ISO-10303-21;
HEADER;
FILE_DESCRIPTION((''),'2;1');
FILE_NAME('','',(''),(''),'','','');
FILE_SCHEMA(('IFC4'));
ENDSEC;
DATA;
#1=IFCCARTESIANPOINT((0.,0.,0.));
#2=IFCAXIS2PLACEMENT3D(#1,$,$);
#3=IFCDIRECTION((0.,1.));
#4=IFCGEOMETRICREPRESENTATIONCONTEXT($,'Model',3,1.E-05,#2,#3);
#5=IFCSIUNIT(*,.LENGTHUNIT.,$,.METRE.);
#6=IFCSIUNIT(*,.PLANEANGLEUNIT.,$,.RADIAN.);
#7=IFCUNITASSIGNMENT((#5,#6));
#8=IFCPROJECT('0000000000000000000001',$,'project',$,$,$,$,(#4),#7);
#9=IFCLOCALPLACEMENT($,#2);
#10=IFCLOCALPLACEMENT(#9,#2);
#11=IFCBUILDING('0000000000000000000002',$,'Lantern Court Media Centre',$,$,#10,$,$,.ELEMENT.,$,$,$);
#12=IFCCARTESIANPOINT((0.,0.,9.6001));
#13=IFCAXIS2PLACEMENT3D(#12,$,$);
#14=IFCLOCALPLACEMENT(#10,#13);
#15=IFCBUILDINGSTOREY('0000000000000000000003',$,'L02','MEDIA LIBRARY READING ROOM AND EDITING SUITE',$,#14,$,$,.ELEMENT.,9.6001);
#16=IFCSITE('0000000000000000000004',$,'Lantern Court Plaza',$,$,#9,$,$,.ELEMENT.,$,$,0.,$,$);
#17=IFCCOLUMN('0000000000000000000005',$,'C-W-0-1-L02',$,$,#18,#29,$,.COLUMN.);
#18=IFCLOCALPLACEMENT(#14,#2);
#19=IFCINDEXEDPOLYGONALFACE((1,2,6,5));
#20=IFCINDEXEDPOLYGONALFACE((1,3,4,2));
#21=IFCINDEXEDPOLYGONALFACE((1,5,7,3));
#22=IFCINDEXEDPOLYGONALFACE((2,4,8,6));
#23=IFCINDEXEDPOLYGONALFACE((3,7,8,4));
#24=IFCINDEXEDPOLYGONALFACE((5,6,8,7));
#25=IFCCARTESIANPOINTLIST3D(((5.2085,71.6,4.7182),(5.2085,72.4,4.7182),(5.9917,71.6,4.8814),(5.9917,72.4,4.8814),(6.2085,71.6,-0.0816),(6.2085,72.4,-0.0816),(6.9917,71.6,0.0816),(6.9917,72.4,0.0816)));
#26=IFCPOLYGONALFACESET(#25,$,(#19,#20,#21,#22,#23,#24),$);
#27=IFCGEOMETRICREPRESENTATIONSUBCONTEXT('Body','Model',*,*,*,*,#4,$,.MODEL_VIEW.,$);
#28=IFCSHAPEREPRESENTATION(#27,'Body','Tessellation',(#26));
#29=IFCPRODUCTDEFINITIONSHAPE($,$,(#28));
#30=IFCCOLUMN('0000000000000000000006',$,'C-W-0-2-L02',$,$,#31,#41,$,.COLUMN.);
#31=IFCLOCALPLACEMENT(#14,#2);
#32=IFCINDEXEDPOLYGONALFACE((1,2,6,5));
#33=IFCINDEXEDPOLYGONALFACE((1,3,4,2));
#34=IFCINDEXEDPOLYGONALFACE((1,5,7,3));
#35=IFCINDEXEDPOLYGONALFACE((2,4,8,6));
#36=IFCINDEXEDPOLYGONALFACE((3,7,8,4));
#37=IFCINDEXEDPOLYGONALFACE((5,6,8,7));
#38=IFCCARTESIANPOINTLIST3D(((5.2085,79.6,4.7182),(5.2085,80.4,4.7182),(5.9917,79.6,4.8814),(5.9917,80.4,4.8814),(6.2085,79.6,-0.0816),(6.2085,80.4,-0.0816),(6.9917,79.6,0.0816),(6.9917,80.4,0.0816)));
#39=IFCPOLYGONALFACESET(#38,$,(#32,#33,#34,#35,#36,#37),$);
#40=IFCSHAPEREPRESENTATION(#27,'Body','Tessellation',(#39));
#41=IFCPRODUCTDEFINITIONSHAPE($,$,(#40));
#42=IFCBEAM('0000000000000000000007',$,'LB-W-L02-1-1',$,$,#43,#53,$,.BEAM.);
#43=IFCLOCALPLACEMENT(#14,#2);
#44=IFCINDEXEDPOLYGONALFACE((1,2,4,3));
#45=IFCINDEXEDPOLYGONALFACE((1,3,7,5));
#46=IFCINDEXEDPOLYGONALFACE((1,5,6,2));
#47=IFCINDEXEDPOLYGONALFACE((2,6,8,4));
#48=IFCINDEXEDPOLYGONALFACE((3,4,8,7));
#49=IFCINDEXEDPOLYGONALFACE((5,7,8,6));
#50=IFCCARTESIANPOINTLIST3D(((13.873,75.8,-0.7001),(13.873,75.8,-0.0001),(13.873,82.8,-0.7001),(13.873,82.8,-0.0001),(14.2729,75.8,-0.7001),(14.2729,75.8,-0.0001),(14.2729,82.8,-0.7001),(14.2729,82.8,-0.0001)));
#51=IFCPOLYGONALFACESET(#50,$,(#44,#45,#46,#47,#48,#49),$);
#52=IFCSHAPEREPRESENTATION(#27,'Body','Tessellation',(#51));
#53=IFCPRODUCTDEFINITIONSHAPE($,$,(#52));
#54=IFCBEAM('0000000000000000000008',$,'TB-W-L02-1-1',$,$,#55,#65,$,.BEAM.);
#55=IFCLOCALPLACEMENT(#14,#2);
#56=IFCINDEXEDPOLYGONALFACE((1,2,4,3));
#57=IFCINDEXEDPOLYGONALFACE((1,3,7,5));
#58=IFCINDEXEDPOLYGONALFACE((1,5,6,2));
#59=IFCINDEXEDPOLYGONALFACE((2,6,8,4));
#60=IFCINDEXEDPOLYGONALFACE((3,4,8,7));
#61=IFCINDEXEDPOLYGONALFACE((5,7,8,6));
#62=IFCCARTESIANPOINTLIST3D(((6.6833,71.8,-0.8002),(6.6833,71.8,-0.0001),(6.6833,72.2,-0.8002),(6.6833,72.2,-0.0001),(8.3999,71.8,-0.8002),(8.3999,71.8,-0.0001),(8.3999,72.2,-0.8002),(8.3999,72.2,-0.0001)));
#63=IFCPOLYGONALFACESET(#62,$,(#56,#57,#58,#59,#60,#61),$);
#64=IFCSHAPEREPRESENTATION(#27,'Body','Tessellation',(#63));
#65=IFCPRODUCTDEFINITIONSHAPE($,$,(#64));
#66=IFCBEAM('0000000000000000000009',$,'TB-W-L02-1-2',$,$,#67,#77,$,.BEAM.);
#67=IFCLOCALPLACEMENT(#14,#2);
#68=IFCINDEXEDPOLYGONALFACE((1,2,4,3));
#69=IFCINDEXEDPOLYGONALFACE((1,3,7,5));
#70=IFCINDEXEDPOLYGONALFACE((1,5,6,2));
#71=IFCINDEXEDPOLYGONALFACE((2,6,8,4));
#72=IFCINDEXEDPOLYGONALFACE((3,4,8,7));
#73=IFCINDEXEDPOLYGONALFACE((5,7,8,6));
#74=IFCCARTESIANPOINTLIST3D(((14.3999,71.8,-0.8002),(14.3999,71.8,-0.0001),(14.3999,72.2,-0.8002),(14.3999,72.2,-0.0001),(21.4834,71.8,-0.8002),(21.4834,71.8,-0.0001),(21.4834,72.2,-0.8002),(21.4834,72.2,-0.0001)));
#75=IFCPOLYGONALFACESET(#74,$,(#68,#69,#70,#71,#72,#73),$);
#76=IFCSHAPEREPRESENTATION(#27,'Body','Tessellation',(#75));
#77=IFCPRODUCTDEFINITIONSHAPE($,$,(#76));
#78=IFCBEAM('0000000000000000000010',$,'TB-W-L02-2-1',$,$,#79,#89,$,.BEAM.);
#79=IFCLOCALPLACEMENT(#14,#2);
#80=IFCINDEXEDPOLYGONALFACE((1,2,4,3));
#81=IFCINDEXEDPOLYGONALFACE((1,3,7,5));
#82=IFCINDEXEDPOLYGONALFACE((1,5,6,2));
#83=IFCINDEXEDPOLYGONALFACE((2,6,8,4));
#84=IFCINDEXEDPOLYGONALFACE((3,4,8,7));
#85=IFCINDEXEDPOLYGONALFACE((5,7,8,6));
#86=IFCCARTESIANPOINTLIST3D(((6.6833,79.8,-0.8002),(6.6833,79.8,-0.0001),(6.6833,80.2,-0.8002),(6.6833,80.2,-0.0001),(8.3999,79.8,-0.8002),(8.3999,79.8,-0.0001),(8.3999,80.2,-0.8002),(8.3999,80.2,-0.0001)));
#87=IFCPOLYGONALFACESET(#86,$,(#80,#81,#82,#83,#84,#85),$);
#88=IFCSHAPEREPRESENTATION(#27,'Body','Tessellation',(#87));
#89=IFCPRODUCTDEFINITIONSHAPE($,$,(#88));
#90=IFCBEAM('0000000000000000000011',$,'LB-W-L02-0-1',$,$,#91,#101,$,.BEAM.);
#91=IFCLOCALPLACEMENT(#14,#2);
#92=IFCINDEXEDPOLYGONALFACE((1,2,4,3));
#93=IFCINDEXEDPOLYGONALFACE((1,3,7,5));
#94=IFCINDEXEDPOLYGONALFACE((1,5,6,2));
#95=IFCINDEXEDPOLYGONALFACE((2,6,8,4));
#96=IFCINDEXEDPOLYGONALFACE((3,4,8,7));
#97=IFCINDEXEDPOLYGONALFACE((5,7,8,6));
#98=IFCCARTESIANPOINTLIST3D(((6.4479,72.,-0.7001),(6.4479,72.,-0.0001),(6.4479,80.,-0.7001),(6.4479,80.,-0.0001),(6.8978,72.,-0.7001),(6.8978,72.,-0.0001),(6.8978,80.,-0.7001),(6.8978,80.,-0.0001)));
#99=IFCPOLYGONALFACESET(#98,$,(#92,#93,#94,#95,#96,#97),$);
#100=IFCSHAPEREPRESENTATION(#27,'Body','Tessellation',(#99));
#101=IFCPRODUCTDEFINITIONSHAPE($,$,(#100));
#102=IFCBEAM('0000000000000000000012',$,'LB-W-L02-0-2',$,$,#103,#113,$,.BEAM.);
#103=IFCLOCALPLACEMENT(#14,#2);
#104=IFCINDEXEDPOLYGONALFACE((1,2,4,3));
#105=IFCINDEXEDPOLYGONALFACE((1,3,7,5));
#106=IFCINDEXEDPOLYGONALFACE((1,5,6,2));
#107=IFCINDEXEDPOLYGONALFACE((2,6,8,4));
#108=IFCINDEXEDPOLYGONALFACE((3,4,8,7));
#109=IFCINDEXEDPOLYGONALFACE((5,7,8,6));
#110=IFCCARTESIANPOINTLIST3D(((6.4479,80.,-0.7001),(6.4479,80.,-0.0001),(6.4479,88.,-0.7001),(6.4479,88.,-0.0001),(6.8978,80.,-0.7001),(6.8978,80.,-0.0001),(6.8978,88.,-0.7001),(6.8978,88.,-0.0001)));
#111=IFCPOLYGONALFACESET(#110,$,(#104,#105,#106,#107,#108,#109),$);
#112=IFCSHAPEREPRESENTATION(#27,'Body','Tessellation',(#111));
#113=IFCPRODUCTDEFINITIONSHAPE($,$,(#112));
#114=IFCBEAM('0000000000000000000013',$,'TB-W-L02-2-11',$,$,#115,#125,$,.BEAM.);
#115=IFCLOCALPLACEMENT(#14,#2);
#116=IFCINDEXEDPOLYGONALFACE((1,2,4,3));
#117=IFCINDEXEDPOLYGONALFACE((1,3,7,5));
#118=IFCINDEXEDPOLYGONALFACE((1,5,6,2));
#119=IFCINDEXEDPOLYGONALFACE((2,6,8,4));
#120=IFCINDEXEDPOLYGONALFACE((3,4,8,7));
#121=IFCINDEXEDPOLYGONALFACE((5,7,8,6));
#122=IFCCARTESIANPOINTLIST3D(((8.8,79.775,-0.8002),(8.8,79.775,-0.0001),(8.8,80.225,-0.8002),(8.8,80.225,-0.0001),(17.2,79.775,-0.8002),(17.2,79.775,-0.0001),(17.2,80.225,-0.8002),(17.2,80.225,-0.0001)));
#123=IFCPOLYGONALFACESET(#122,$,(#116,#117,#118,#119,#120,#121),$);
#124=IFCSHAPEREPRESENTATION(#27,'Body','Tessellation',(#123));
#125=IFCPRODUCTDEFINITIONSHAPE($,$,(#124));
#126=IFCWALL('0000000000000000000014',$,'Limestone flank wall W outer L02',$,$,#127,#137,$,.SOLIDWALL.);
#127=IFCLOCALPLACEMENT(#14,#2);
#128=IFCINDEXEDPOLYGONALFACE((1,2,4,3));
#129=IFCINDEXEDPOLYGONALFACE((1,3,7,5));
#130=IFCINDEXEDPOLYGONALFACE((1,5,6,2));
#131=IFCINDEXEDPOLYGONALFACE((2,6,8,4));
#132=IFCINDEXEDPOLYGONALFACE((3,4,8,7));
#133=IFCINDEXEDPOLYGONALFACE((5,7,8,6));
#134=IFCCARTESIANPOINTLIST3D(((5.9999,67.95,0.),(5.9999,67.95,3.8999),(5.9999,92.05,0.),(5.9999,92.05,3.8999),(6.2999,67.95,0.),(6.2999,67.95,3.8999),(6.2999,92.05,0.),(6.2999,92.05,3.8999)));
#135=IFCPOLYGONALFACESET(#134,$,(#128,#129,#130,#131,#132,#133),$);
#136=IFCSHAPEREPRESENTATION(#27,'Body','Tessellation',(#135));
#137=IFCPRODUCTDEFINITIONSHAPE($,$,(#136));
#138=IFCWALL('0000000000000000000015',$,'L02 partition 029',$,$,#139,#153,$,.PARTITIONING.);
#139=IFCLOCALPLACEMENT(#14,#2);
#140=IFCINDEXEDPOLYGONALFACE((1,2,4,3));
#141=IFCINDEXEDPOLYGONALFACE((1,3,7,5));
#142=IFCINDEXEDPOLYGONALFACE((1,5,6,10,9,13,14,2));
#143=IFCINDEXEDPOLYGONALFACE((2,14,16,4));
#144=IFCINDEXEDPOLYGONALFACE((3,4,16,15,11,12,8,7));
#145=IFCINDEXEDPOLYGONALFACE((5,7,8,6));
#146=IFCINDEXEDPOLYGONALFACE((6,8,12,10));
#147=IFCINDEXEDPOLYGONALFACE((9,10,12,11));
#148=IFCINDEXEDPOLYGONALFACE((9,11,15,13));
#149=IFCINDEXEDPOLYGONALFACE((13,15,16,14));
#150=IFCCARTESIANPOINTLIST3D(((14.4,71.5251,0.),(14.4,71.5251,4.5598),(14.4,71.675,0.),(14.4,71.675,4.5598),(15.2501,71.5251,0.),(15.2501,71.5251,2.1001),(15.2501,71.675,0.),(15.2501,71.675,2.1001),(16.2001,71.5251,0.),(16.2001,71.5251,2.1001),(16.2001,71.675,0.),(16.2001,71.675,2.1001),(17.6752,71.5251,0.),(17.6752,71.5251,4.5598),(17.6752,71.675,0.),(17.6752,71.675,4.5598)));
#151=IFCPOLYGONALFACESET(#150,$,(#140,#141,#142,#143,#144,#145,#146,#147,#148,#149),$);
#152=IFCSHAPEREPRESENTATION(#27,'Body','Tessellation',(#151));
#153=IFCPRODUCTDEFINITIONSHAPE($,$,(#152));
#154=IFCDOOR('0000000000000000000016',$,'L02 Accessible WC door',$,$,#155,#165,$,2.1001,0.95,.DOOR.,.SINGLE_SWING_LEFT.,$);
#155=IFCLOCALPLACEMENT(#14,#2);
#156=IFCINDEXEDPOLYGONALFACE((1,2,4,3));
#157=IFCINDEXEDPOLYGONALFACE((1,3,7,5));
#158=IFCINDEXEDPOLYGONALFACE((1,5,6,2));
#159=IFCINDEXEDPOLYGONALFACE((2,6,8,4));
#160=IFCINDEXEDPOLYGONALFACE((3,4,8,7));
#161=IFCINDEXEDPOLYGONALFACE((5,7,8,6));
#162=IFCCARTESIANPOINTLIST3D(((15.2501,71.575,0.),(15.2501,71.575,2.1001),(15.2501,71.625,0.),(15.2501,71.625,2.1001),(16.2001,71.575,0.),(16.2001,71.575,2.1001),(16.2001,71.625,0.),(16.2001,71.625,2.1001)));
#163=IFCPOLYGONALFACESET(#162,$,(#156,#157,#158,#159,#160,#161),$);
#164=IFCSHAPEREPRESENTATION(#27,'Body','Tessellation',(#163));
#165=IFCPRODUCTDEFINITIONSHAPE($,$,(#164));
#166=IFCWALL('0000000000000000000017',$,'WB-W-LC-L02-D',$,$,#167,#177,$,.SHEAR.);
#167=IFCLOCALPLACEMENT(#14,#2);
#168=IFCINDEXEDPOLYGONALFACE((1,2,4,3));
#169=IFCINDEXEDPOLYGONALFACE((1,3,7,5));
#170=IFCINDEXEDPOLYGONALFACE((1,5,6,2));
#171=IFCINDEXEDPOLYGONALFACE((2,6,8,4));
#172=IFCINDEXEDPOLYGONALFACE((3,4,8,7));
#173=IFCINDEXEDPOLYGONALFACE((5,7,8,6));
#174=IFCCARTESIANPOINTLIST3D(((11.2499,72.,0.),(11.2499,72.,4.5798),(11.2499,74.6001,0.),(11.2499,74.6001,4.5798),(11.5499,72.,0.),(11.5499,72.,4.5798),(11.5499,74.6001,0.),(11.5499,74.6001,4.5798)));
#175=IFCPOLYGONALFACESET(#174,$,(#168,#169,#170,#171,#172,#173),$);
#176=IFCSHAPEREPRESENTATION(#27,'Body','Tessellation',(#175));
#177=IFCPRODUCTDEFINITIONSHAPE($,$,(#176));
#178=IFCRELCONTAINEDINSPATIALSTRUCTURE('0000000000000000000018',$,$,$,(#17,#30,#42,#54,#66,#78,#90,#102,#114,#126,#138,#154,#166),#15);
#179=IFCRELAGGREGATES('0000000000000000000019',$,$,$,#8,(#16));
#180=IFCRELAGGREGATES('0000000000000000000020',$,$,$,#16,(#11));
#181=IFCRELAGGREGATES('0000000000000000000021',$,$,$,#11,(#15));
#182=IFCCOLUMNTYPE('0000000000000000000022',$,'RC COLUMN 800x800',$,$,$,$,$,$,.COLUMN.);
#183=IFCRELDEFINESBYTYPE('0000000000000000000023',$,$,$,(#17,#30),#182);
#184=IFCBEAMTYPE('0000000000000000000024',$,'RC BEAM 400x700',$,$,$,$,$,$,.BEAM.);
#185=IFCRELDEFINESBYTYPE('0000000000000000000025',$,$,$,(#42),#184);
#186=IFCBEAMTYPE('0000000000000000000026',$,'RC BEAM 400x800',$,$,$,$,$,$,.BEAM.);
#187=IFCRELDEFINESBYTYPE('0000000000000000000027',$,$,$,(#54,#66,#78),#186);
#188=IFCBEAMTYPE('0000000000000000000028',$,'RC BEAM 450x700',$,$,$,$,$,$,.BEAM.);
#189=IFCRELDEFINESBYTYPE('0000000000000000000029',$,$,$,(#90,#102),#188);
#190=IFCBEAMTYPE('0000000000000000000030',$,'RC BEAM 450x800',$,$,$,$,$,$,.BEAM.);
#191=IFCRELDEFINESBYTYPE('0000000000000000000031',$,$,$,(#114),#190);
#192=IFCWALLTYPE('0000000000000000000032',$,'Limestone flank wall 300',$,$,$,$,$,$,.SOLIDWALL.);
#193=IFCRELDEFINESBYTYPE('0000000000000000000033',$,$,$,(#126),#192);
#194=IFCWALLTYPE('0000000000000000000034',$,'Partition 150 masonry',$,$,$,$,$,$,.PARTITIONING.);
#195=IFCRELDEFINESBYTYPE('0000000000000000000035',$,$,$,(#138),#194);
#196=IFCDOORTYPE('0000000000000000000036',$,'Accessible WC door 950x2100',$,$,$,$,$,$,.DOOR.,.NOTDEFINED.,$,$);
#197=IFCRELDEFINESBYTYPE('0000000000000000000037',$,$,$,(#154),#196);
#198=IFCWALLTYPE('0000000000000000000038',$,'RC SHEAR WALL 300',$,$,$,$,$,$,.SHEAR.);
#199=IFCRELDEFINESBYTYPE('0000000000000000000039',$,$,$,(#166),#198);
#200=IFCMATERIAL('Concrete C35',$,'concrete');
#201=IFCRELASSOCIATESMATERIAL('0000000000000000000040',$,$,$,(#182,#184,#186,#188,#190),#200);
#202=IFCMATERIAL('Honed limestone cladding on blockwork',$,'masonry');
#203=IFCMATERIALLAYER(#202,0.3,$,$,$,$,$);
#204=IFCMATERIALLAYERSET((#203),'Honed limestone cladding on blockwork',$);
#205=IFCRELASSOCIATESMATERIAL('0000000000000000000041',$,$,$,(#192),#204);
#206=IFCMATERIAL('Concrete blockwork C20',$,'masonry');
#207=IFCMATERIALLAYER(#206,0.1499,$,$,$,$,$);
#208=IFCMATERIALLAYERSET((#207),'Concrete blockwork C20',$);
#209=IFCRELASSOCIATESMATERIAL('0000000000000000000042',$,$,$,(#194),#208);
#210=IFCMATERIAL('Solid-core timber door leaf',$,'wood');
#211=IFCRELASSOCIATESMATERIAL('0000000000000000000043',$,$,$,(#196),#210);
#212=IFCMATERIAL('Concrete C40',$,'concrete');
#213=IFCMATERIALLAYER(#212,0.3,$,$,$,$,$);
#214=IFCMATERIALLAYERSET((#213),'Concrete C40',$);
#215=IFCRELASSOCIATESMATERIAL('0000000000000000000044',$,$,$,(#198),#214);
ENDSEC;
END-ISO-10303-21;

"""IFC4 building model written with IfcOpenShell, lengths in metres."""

from ifc_helpers import new_model, si_unit, direction, frame, frame_2d, origin, origin_2d, place, context, subcontext, project, spatial, rectangle, extrude, material, layer, layer_set, material_profile, profile_set, type_object, element, fill, save


model = new_model("IFC4")

# Units and contexts
model_context = context("Model", 3, precision=1e-05, world=origin(), true_north=direction((0.0, 1.0)))
body_context = subcontext(model_context, "Body", "Model", "MODEL_VIEW")
ifc_project = project(units=[si_unit("LENGTHUNIT", "METRE"), si_unit("PLANEANGLEUNIT", "RADIAN")], contexts=[model_context])

# Site, building, storey
site_placement = place(None, origin())
site = spatial("IfcSite", under=ifc_project, at=site_placement, Name="Lantern Court Plaza", CompositionType="ELEMENT", RefElevation=0.0)
building_placement = place(site_placement, origin())
building = spatial("IfcBuilding", under=site, at=building_placement, Name="Lantern Court Media Centre", CompositionType="ELEMENT")
storey_placement = place(building_placement, frame((0.0, 0.0, 9.6001)))
storey = spatial("IfcBuildingStorey", under=building, at=storey_placement, Name="L02", Description="MEDIA LIBRARY READING ROOM AND EDITING SUITE", CompositionType="ELEMENT", Elevation=9.6001)

# Columns
ifc_material_1 = material(Name="Concrete C35", Category="concrete")
ifc_material_profile_1 = material_profile(ifc_material_1, rectangle(XDim=0.8, YDim=0.8, at=origin_2d()), Name="RC 800x800")
ifc_profile_set_1 = profile_set([ifc_material_profile_1], Name="Concrete C35")
column_type = type_object("IfcColumnType", Name="RC COLUMN 800x800", PredefinedType="COLUMN", material=ifc_profile_set_1)
for number, where, z_axis, x_axis, name in (
    (1, (6.6001, 72.0, 0.0), (-0.203962, 0.0, 0.978979), (0.0, -1.0, 0.0), "C-W-0-1-L02"),
    (2, (6.6001, 80.0, 0.0), (-0.203962, 0.0, 0.978979), (0.0, -1.0, 0.0), "C-W-0-2-L02"),
):
    element("IfcColumn", number, at=place(storey_placement, frame(where, z_axis=z_axis, x_axis=x_axis)), inside=storey, type_object=column_type, Name=name, PredefinedType="COLUMN", context=body_context, shape_type="SweptSolid", body=[
        extrude(rectangle(XDim=0.8, YDim=0.8, at=origin_2d()), origin(), (0.0, 0.0, 1.0), 4.9028),
    ])

# Beams
ifc_material_profile_2 = material_profile(ifc_material_1, rectangle(XDim=0.3999, YDim=0.7, at=origin_2d()), Name="RC 400x700")
ifc_profile_set_2 = profile_set([ifc_material_profile_2], Name="Concrete C35")
beam_type_1 = type_object("IfcBeamType", Name="RC BEAM 400x700", PredefinedType="BEAM", material=ifc_profile_set_2)
beam_1_placement = place(storey_placement, frame((14.073, 75.8, -0.3501), z_axis=(0.0, 1.0, 0.0), x_axis=(-1.0, 0.0, 0.0)))
element("IfcBeam", 3, at=beam_1_placement, inside=storey, type_object=beam_type_1, Name="LB-W-L02-1-1", PredefinedType="BEAM", context=body_context, shape_type="SweptSolid", body=[
    extrude(rectangle(XDim=0.3999, YDim=0.7, at=origin_2d()), origin(), (0.0, 0.0, 1.0), 7.0),
])
ifc_material_profile_3 = material_profile(ifc_material_1, rectangle(XDim=0.3999, YDim=0.8, at=origin_2d()), Name="RC 400x800")
ifc_profile_set_3 = profile_set([ifc_material_profile_3], Name="Concrete C35")
beam_type_2 = type_object("IfcBeamType", Name="RC BEAM 400x800", PredefinedType="BEAM", material=ifc_profile_set_3)
beam_2_placement = place(storey_placement, frame((6.6833, 72.0, -0.4001), z_axis=(1.0, 0.0, 0.0), x_axis=(0.0, 1.0, 0.0)))
element("IfcBeam", 4, at=beam_2_placement, inside=storey, type_object=beam_type_2, Name="TB-W-L02-1-1", PredefinedType="BEAM", context=body_context, shape_type="SweptSolid", body=[
    extrude(rectangle(XDim=0.3999, YDim=0.8, at=origin_2d()), origin(), (0.0, 0.0, 1.0), 1.7166),
])
beam_3_placement = place(storey_placement, frame((14.3999, 72.0, -0.4001), z_axis=(1.0, 0.0, 0.0), x_axis=(0.0, 1.0, 0.0)))
element("IfcBeam", 5, at=beam_3_placement, inside=storey, type_object=beam_type_2, Name="TB-W-L02-1-2", PredefinedType="BEAM", context=body_context, shape_type="SweptSolid", body=[
    extrude(rectangle(XDim=0.3999, YDim=0.8, at=origin_2d()), origin(), (0.0, 0.0, 1.0), 7.0835),
])
beam_4_placement = place(storey_placement, frame((6.6833, 80.0, -0.4001), z_axis=(1.0, 0.0, 0.0), x_axis=(0.0, 1.0, 0.0)))
element("IfcBeam", 6, at=beam_4_placement, inside=storey, type_object=beam_type_2, Name="TB-W-L02-2-1", PredefinedType="BEAM", context=body_context, shape_type="SweptSolid", body=[
    extrude(rectangle(XDim=0.3999, YDim=0.8, at=origin_2d()), origin(), (0.0, 0.0, 1.0), 1.7166),
])
ifc_material_profile_4 = material_profile(ifc_material_1, rectangle(XDim=0.45, YDim=0.7, at=origin_2d()), Name="RC 450x700")
ifc_profile_set_4 = profile_set([ifc_material_profile_4], Name="Concrete C35")
beam_type_3 = type_object("IfcBeamType", Name="RC BEAM 450x700", PredefinedType="BEAM", material=ifc_profile_set_4)
for number, where, z_axis, x_axis, name in (
    (7, (6.6729, 72.0, -0.3501), (0.0, 1.0, 0.0), (-1.0, 0.0, 0.0), "LB-W-L02-0-1"),
    (8, (6.6729, 80.0, -0.3501), (0.0, 1.0, 0.0), (-1.0, 0.0, 0.0), "LB-W-L02-0-2"),
):
    element("IfcBeam", number, at=place(storey_placement, frame(where, z_axis=z_axis, x_axis=x_axis)), inside=storey, type_object=beam_type_3, Name=name, PredefinedType="BEAM", context=body_context, shape_type="SweptSolid", body=[
        extrude(rectangle(XDim=0.45, YDim=0.7, at=origin_2d()), origin(), (0.0, 0.0, 1.0), 8.0),
    ])
ifc_material_profile_5 = material_profile(ifc_material_1, rectangle(XDim=0.45, YDim=0.8, at=origin_2d()), Name="RC 450x800")
ifc_profile_set_5 = profile_set([ifc_material_profile_5], Name="Concrete C35")
beam_type_4 = type_object("IfcBeamType", Name="RC BEAM 450x800", PredefinedType="BEAM", material=ifc_profile_set_5)
beam_5_placement = place(storey_placement, frame((8.8, 80.0, -0.4001), z_axis=(1.0, 0.0, 0.0), x_axis=(0.0, 1.0, 0.0)))
element("IfcBeam", 9, at=beam_5_placement, inside=storey, type_object=beam_type_4, Name="TB-W-L02-2-11", PredefinedType="BEAM", context=body_context, shape_type="SweptSolid", body=[
    extrude(rectangle(XDim=0.45, YDim=0.8, at=origin_2d()), origin(), (0.0, 0.0, 1.0), 8.3999),
])

# Wall
ifc_material_2 = material(Name="Honed limestone cladding on blockwork", Category="masonry")
ifc_layer_1 = layer(ifc_material_2, 0.3)
ifc_layer_set_1 = layer_set([ifc_layer_1], Name="Honed limestone cladding on blockwork")
wall_type_1 = type_object("IfcWallType", Name="Limestone flank wall 300", PredefinedType="SOLIDWALL", material=ifc_layer_set_1)
wall_1_placement = place(storey_placement, frame((6.1499, 67.95, 0.0), z_axis=(0.0, 0.0, 1.0), x_axis=(0.0, 1.0, 0.0)))
element("IfcWall", 10, at=wall_1_placement, inside=storey, type_object=wall_type_1, Name="Limestone flank wall W outer L02", PredefinedType="SOLIDWALL", context=body_context, shape_type="SweptSolid", body=[
    extrude(rectangle(XDim=24.1001, YDim=0.3, at=frame_2d((12.05, 0.0))), origin(), (0.0, 0.0, 1.0), 3.8999),
])

# Wall, opening, door
ifc_material_3 = material(Name="Concrete blockwork C20", Category="masonry")
ifc_layer_2 = layer(ifc_material_3, 0.1499)
ifc_layer_set_2 = layer_set([ifc_layer_2], Name="Concrete blockwork C20")
wall_type_2 = type_object("IfcWallType", Name="Partition 150 masonry", PredefinedType="PARTITIONING", material=ifc_layer_set_2)
wall_2_placement = place(storey_placement, frame((14.3999, 71.6001, 0.0), z_axis=(0.0, 0.0, 1.0), x_axis=(1.0, 0.0, 0.0)))
wall_2 = element("IfcWall", 11, at=wall_2_placement, inside=storey, type_object=wall_type_2, Name="L02 partition 029", PredefinedType="PARTITIONING", context=body_context, shape_type="SweptSolid", body=[
    extrude(rectangle(XDim=3.2751, YDim=0.1499, at=frame_2d((1.6377, 0.0))), origin(), (0.0, 0.0, 1.0), 4.5598),
])
opening_1_placement = place(wall_2_placement, frame((0.8501, 0.0, 0.0)))
opening_1 = element("IfcOpeningElement", 12, at=opening_1_placement, cuts=wall_2, PredefinedType="OPENING", context=body_context, shape_type="SweptSolid", body=[
    extrude(rectangle(XDim=0.95, YDim=2.1001, at=frame_2d((0.4751, 1.05))), frame((0.0, 0.085, 0.0), z_axis=(0.0, -1.0, 0.0), x_axis=(1.0, 0.0, 0.0)), (0.0, 0.0, 1.0), 0.1699),
])
ifc_material_4 = material(Name="Solid-core timber door leaf", Category="wood")
door_type_1 = type_object("IfcDoorType", Name="Accessible WC door 950x2100", OperationType="NOTDEFINED", PredefinedType="DOOR", material=ifc_material_4)
door_1_placement = place(opening_1_placement, origin())
door_1 = element("IfcDoor", 13, at=door_1_placement, inside=storey, type_object=door_type_1, Name="L02 Accessible WC door", OperationType="SINGLE_SWING_LEFT", OverallHeight=2.1001, OverallWidth=0.95, PredefinedType="DOOR", context=body_context, shape_type="SweptSolid", body=[
    extrude(rectangle(XDim=0.95, YDim=2.1001, at=frame_2d((0.4751, 1.05))), frame((0.0, 0.0249, 0.0), z_axis=(0.0, -1.0, 0.0), x_axis=(1.0, 0.0, 0.0)), (0.0, 0.0, 1.0), 0.05),
])
fill(opening_1, door_1)

# Wall
ifc_material_5 = material(Name="Concrete C40", Category="concrete")
ifc_layer_3 = layer(ifc_material_5, 0.3)
ifc_layer_set_3 = layer_set([ifc_layer_3], Name="Concrete C40")
wall_type_3 = type_object("IfcWallType", Name="RC SHEAR WALL 300", PredefinedType="SHEAR", material=ifc_layer_set_3)
wall_3_placement = place(storey_placement, frame((11.3999, 72.0, 0.0), z_axis=(0.0, 0.0, 1.0), x_axis=(0.0, 1.0, 0.0)))
element("IfcWall", 14, at=wall_3_placement, inside=storey, type_object=wall_type_3, Name="WB-W-LC-L02-D", PredefinedType="SHEAR", context=body_context, shape_type="SweptSolid", body=[
    extrude(rectangle(XDim=2.6001, YDim=0.3, at=frame_2d((1.3, 0.0))), origin(), (0.0, 0.0, 1.0), 4.5798),
])

save(model, "model.ifc")
